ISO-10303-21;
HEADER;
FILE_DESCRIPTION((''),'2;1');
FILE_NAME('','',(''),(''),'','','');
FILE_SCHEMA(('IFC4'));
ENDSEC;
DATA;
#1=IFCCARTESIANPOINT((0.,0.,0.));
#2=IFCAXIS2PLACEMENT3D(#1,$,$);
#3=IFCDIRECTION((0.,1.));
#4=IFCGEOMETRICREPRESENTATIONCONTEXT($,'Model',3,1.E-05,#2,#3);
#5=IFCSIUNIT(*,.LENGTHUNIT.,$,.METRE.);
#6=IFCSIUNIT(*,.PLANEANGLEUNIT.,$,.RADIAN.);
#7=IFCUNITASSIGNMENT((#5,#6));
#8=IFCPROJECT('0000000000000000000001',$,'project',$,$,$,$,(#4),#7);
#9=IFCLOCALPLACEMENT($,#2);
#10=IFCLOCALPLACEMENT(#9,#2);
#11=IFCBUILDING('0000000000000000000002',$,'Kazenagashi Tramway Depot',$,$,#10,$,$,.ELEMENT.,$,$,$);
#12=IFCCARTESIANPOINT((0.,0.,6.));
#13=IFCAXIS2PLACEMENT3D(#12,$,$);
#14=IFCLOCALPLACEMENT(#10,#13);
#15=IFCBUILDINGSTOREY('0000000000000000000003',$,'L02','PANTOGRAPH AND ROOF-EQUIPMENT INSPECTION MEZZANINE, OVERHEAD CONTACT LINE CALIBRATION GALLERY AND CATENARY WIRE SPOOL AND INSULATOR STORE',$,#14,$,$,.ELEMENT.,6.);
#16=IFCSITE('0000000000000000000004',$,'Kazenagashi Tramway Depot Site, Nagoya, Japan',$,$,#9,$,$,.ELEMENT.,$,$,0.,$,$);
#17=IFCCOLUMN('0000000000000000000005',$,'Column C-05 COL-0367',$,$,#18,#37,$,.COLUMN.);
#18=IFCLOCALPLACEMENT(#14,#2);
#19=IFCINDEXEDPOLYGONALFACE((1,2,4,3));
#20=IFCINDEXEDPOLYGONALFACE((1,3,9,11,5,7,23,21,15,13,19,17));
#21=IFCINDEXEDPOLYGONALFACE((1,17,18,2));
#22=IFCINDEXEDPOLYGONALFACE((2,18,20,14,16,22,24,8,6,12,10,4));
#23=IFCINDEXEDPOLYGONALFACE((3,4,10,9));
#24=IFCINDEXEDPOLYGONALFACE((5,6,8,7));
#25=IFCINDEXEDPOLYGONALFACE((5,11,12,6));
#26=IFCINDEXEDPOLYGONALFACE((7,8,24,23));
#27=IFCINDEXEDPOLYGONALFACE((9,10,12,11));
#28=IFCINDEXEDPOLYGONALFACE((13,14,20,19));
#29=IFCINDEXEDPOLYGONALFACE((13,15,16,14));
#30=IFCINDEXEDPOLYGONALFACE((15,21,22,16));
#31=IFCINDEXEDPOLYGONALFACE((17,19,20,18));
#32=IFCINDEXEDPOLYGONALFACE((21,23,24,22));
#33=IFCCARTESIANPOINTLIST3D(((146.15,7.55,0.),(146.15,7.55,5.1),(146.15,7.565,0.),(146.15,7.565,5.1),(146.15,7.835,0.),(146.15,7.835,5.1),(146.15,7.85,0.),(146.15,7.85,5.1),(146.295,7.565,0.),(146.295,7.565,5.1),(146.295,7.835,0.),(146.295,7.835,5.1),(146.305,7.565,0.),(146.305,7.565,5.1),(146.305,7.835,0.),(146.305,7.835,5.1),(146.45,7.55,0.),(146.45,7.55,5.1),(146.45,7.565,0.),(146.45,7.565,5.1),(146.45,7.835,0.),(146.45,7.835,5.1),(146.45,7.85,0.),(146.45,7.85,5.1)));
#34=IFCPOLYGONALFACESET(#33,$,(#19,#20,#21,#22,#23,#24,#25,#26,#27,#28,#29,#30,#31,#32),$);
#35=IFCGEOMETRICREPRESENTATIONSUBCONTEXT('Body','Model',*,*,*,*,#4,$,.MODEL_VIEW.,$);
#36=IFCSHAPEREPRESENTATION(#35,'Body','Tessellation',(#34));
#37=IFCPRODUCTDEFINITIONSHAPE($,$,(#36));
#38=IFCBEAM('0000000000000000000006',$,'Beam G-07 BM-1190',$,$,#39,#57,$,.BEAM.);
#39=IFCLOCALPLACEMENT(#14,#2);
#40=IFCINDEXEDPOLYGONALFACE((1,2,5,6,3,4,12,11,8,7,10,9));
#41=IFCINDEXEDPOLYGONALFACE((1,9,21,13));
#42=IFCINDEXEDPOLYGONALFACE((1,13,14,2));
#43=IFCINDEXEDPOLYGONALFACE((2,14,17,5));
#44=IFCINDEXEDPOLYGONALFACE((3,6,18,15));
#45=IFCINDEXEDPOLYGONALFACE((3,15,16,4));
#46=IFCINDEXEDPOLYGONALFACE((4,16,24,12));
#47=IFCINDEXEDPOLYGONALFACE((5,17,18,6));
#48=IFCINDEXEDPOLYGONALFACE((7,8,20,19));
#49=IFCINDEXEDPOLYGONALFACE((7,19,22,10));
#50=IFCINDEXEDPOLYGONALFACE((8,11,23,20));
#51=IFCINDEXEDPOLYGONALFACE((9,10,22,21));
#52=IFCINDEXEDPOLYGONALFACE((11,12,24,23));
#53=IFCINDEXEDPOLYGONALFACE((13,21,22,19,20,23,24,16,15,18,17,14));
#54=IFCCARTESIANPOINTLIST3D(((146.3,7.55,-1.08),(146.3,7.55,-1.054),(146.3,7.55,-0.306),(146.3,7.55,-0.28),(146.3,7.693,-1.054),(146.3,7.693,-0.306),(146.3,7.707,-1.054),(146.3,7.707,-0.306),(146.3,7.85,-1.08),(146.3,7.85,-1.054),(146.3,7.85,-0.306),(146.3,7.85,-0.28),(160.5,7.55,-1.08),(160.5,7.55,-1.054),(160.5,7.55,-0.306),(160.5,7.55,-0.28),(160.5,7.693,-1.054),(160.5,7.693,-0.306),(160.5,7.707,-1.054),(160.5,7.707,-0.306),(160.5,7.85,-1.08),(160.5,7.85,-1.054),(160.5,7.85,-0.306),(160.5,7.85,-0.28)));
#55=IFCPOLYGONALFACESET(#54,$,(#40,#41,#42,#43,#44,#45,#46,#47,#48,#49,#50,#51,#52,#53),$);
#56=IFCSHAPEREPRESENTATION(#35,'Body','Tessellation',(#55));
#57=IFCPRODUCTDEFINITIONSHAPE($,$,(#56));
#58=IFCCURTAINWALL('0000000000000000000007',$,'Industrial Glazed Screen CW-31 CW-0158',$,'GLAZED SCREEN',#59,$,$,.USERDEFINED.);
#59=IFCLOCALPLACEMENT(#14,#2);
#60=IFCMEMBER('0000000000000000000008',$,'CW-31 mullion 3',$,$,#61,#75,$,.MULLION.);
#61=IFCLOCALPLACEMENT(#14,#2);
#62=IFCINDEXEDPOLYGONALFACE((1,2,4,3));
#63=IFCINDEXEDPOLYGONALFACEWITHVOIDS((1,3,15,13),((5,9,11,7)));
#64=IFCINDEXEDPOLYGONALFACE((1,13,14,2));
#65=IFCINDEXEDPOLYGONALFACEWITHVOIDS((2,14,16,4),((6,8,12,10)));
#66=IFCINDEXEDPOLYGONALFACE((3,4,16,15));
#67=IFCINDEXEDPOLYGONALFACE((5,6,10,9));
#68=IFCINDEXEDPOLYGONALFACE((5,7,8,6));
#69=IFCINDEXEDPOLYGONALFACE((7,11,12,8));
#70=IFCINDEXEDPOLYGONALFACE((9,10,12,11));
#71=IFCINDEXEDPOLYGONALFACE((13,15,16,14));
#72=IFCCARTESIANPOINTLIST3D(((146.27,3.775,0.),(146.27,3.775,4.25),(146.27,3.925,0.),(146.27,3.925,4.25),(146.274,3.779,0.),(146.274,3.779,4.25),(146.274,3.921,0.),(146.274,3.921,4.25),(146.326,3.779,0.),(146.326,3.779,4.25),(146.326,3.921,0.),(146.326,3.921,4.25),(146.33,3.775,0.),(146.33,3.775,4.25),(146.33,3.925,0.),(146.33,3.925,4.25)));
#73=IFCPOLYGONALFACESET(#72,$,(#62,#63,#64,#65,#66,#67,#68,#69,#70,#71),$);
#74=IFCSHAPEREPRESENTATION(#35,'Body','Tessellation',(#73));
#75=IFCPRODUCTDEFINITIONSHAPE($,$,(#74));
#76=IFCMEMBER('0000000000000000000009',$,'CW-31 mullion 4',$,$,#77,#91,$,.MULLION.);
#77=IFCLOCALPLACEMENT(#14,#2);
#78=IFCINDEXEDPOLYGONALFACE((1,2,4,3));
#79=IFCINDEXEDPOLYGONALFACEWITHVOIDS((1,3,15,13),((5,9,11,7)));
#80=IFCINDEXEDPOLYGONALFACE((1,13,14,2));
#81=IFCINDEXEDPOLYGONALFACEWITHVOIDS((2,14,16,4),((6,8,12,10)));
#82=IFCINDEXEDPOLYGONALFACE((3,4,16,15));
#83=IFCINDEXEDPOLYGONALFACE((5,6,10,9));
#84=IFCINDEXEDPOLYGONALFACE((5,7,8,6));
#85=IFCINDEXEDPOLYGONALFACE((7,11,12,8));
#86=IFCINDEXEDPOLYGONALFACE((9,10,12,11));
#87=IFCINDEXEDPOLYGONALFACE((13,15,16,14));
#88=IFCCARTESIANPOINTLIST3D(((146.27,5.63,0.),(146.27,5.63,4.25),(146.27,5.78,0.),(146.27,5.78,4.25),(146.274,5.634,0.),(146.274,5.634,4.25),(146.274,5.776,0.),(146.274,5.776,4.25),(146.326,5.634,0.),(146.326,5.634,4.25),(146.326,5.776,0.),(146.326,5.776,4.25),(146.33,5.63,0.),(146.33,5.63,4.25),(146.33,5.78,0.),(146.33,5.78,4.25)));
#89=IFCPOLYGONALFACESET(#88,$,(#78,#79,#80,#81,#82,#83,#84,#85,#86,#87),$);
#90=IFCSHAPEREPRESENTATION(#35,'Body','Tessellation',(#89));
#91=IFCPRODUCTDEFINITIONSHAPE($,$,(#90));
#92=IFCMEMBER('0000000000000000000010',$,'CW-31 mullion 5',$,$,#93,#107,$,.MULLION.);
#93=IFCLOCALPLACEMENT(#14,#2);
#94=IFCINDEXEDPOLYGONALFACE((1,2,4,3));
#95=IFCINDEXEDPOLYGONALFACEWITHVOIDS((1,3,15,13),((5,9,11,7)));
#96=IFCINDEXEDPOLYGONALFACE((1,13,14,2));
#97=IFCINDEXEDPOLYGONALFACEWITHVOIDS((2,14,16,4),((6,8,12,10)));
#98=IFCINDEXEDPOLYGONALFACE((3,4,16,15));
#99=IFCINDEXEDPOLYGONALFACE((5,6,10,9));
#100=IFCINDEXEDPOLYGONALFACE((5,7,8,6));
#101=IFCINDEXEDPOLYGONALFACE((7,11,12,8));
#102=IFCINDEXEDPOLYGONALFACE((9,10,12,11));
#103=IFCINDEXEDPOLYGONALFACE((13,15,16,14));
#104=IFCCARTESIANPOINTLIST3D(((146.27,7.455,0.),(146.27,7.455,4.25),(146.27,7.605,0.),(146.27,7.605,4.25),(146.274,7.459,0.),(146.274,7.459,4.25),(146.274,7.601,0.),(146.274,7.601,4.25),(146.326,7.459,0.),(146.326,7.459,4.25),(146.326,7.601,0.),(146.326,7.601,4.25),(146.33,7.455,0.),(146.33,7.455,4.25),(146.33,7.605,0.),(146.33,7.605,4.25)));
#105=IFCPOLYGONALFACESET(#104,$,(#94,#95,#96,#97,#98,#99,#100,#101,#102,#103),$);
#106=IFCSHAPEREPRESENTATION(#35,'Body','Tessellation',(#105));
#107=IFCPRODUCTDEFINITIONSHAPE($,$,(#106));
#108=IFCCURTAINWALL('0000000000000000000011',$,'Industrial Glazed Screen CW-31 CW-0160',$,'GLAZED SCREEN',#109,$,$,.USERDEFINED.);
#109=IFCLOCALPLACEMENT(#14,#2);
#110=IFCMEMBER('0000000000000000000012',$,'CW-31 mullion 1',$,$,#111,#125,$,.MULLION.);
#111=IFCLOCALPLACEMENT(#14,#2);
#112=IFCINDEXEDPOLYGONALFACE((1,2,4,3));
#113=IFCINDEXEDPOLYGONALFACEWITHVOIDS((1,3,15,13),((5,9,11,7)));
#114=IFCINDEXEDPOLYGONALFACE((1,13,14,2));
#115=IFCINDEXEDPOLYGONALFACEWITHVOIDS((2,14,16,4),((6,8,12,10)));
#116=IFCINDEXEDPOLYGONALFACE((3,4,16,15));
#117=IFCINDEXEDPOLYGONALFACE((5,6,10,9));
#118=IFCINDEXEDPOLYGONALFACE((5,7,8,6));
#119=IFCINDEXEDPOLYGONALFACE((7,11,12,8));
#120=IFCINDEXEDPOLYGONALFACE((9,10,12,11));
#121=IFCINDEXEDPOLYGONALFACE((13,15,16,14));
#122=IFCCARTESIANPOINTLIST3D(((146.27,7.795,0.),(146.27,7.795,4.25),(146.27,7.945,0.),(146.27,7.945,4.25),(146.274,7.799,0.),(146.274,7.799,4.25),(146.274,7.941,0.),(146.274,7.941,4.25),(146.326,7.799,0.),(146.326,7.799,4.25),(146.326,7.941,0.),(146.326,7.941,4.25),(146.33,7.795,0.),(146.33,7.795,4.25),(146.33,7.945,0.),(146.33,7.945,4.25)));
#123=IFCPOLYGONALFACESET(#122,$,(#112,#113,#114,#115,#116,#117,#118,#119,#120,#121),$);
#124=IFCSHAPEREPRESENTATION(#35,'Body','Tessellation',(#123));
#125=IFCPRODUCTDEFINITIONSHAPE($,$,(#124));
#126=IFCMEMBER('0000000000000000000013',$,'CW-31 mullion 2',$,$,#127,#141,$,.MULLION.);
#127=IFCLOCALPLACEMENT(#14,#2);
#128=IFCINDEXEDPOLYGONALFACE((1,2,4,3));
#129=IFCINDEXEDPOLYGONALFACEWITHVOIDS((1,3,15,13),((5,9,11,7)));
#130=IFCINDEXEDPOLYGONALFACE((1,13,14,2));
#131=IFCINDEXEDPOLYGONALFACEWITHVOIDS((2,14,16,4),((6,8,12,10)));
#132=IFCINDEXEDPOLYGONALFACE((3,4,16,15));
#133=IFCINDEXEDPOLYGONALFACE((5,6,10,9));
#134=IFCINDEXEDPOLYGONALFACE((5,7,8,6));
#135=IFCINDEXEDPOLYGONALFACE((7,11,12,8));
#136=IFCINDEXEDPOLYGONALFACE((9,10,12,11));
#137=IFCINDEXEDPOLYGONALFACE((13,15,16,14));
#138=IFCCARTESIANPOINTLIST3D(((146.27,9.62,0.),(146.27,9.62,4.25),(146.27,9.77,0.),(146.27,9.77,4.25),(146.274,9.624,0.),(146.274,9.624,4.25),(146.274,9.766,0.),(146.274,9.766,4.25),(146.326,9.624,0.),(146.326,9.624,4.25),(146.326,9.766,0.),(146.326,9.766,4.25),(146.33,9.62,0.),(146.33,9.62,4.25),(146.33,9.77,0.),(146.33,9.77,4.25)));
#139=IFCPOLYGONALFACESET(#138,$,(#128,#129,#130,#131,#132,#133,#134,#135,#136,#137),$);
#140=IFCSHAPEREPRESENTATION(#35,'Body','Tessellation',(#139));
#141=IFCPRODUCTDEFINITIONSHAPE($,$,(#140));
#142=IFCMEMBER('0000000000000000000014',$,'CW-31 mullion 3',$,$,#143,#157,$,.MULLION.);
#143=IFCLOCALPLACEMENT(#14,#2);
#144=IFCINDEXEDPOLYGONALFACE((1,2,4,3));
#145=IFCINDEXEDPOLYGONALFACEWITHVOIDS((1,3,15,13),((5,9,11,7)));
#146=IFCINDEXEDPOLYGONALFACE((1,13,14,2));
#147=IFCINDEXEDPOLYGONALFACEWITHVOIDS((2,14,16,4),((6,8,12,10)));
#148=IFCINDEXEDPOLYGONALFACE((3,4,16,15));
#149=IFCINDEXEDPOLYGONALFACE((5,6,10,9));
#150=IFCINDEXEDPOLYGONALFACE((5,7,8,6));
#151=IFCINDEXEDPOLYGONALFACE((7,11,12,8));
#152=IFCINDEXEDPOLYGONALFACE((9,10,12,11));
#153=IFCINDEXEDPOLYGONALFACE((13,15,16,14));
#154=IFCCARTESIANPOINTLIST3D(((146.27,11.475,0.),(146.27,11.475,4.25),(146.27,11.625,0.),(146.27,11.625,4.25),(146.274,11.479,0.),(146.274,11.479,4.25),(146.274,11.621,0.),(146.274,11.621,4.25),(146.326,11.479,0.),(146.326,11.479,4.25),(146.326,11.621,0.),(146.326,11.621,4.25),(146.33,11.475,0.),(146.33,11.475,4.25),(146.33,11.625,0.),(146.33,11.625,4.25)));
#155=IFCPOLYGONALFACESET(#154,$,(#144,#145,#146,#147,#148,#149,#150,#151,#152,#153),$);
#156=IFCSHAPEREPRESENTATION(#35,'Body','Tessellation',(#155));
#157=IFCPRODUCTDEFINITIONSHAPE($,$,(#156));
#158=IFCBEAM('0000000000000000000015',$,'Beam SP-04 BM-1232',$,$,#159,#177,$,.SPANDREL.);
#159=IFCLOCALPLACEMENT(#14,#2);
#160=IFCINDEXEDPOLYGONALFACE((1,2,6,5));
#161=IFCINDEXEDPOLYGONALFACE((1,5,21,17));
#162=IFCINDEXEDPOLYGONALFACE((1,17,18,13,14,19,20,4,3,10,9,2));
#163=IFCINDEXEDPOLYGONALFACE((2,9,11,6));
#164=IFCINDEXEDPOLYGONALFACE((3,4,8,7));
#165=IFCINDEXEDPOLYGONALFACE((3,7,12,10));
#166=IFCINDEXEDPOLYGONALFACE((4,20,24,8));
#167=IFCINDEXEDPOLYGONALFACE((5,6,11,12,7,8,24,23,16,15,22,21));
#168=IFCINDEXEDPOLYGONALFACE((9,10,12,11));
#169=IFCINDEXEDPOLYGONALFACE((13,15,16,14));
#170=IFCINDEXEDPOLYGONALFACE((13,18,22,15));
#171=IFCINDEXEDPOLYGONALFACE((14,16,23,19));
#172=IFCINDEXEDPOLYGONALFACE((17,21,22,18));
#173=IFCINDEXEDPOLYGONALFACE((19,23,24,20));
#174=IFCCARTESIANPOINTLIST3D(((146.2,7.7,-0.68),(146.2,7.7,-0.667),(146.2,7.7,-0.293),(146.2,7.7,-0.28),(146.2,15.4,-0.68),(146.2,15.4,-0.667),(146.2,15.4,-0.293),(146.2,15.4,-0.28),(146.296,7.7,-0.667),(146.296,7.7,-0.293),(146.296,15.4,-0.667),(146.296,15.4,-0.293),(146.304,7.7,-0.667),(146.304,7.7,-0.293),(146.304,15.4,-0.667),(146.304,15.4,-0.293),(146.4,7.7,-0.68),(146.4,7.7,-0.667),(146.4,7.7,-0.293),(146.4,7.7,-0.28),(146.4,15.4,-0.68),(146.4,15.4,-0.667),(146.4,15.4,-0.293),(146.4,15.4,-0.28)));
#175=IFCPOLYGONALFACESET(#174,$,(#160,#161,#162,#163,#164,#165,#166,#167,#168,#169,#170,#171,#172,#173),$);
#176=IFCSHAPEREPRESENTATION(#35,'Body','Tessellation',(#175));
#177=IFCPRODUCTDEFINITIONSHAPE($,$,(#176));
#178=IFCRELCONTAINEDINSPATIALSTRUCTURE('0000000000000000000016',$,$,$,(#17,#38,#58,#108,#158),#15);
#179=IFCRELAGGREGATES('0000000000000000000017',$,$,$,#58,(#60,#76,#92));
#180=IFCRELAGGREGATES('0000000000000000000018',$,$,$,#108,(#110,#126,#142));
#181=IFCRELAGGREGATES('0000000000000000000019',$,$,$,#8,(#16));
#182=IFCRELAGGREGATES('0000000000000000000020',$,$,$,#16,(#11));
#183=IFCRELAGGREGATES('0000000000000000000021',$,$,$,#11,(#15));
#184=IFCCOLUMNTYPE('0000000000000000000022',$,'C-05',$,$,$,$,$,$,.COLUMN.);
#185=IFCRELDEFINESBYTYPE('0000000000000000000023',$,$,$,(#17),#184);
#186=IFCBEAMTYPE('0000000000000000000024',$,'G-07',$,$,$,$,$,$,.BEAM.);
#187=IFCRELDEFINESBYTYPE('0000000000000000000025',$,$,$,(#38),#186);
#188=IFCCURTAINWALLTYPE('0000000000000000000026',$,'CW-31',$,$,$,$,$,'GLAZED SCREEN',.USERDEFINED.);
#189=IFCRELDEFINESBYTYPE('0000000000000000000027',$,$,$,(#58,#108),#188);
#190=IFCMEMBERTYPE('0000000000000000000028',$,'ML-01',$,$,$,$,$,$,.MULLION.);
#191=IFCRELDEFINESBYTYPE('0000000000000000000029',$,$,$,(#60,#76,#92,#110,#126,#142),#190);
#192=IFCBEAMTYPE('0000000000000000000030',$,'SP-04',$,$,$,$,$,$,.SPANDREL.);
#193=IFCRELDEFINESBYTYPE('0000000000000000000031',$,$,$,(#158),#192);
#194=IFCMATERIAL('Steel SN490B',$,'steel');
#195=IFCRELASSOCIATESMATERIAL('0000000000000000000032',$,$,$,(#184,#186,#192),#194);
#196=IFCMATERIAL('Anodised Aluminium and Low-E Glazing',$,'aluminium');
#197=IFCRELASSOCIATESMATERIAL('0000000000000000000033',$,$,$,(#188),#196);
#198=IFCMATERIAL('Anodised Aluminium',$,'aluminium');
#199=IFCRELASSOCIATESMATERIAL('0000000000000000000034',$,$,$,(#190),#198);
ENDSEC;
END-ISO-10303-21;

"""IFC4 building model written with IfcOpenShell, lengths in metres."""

from ifc_helpers import new_model, si_unit, direction, frame, origin, origin_2d, place, context, subcontext, project, spatial, hollow_rectangle, i_section, extrude, material, material_profile, profile_set, type_object, element, aggregate, save


model = new_model("IFC4")

# Units and contexts
model_context = context("Model", 3, precision=1e-05, world=origin(), true_north=direction((0.0, 1.0)))
body_context = subcontext(model_context, "Body", "Model", "MODEL_VIEW")
ifc_project = project(units=[si_unit("LENGTHUNIT", "METRE"), si_unit("PLANEANGLEUNIT", "RADIAN")], contexts=[model_context])

# Site, building, storey
site_placement = place(None, origin())
site = spatial("IfcSite", under=ifc_project, at=site_placement, Name="Kazenagashi Tramway Depot Site, Nagoya, Japan", CompositionType="ELEMENT", RefElevation=0.0)
building_placement = place(site_placement, origin())
building = spatial("IfcBuilding", under=site, at=building_placement, Name="Kazenagashi Tramway Depot", CompositionType="ELEMENT")
storey_placement = place(building_placement, frame((0.0, 0.0, 6.0)))
storey = spatial("IfcBuildingStorey", under=building, at=storey_placement, Name="L02", Description="PANTOGRAPH AND ROOF-EQUIPMENT INSPECTION MEZZANINE, OVERHEAD CONTACT LINE CALIBRATION GALLERY AND CATENARY WIRE SPOOL AND INSULATOR STORE", CompositionType="ELEMENT", Elevation=6.0)

# Column
ifc_material_1 = material(Name="Steel SN490B", Category="steel")
ifc_material_profile_1 = material_profile(ifc_material_1, i_section(OverallWidth=0.3, OverallDepth=0.3, WebThickness=0.01, FlangeThickness=0.015, at=origin_2d()), Name="H-300x300x10x15")
ifc_profile_set_1 = profile_set([ifc_material_profile_1], Name="Steel SN490B")
column_type = type_object("IfcColumnType", Name="C-05", PredefinedType="COLUMN", material=ifc_profile_set_1)
column_placement = place(storey_placement, frame((146.3, 7.7, 0.0), z_axis=(0.0, 0.0, 1.0), x_axis=(1.0, 0.0, 0.0)))
element("IfcColumn", 1, at=column_placement, inside=storey, type_object=column_type, Name="Column C-05 COL-0367", PredefinedType="COLUMN", context=body_context, shape_type="SweptSolid", body=[
    extrude(i_section(OverallWidth=0.3, OverallDepth=0.3, WebThickness=0.01, FlangeThickness=0.015, at=origin_2d()), origin(), (0.0, 0.0, 1.0), 5.1),
])

# Beam
ifc_material_profile_2 = material_profile(ifc_material_1, i_section(OverallWidth=0.3, OverallDepth=0.8, WebThickness=0.014, FlangeThickness=0.026, at=origin_2d()), Name="H-800x300x14x26")
ifc_profile_set_2 = profile_set([ifc_material_profile_2], Name="Steel SN490B")
beam_type_1 = type_object("IfcBeamType", Name="G-07", PredefinedType="BEAM", material=ifc_profile_set_2)
beam_1_placement = place(storey_placement, frame((146.3, 7.7, -0.68), z_axis=(1.0, 0.0, 0.0), x_axis=(0.0, 1.0, 0.0)))
element("IfcBeam", 2, at=beam_1_placement, inside=storey, type_object=beam_type_1, Name="Beam G-07 BM-1190", PredefinedType="BEAM", context=body_context, shape_type="SweptSolid", body=[
    extrude(i_section(OverallWidth=0.3, OverallDepth=0.8, WebThickness=0.014, FlangeThickness=0.026, at=origin_2d()), origin(), (0.0, 0.0, 1.0), 14.2),
])

# Curtain walls, members
ifc_material_2 = material(Name="Anodised Aluminium and Low-E Glazing", Category="aluminium")
curtain_wall_type = type_object("IfcCurtainWallType", Name="CW-31", ElementType="GLAZED SCREEN", PredefinedType="USERDEFINED", material=ifc_material_2)
curtain_wall_1_placement = place(storey_placement, origin())
curtain_wall_1 = element("IfcCurtainWall", 3, at=curtain_wall_1_placement, inside=storey, type_object=curtain_wall_type, Name="Industrial Glazed Screen CW-31 CW-0158", ObjectType="GLAZED SCREEN", PredefinedType="USERDEFINED")
ifc_material_3 = material(Name="Anodised Aluminium", Category="aluminium")
ifc_material_profile_3 = material_profile(ifc_material_3, hollow_rectangle(XDim=0.06, YDim=0.15, WallThickness=0.004, at=origin_2d()), Name="RHS-150x60x4")
ifc_profile_set_3 = profile_set([ifc_material_profile_3], Name="Anodised Aluminium")
member_type_1 = type_object("IfcMemberType", Name="ML-01", PredefinedType="MULLION", material=ifc_profile_set_3)
member_1_placement = place(storey_placement, frame((146.3, 3.85, 0.0), z_axis=(0.0, 0.0, 1.0), x_axis=(-1.0, 0.0, 0.0)))
member_1 = element("IfcMember", 4, at=member_1_placement, type_object=member_type_1, Name="CW-31 mullion 3", PredefinedType="MULLION", context=body_context, shape_type="SweptSolid", body=[
    extrude(hollow_rectangle(XDim=0.06, YDim=0.15, WallThickness=0.004, at=origin_2d()), origin(), (0.0, 0.0, 1.0), 4.25),
])
member_2_placement = place(storey_placement, frame((146.3, 5.705, 0.0), z_axis=(0.0, 0.0, 1.0), x_axis=(-1.0, 0.0, 0.0)))
member_2 = element("IfcMember", 5, at=member_2_placement, type_object=member_type_1, Name="CW-31 mullion 4", PredefinedType="MULLION", context=body_context, shape_type="SweptSolid", body=[
    extrude(hollow_rectangle(XDim=0.06, YDim=0.15, WallThickness=0.004, at=origin_2d()), origin(), (0.0, 0.0, 1.0), 4.25),
])
member_3_placement = place(storey_placement, frame((146.3, 7.53, 0.0), z_axis=(0.0, 0.0, 1.0), x_axis=(-1.0, 0.0, 0.0)))
member_3 = element("IfcMember", 6, at=member_3_placement, type_object=member_type_1, Name="CW-31 mullion 5", PredefinedType="MULLION", context=body_context, shape_type="SweptSolid", body=[
    extrude(hollow_rectangle(XDim=0.06, YDim=0.15, WallThickness=0.004, at=origin_2d()), origin(), (0.0, 0.0, 1.0), 4.25),
])
curtain_wall_2_placement = place(storey_placement, origin())
curtain_wall_2 = element("IfcCurtainWall", 7, at=curtain_wall_2_placement, inside=storey, type_object=curtain_wall_type, Name="Industrial Glazed Screen CW-31 CW-0160", ObjectType="GLAZED SCREEN", PredefinedType="USERDEFINED")
member_4_placement = place(storey_placement, frame((146.3, 7.87, 0.0), z_axis=(0.0, 0.0, 1.0), x_axis=(-1.0, 0.0, 0.0)))
member_4 = element("IfcMember", 8, at=member_4_placement, type_object=member_type_1, Name="CW-31 mullion 1", PredefinedType="MULLION", context=body_context, shape_type="SweptSolid", body=[
    extrude(hollow_rectangle(XDim=0.06, YDim=0.15, WallThickness=0.004, at=origin_2d()), origin(), (0.0, 0.0, 1.0), 4.25),
])
member_5_placement = place(storey_placement, frame((146.3, 9.695, 0.0), z_axis=(0.0, 0.0, 1.0), x_axis=(-1.0, 0.0, 0.0)))
member_5 = element("IfcMember", 9, at=member_5_placement, type_object=member_type_1, Name="CW-31 mullion 2", PredefinedType="MULLION", context=body_context, shape_type="SweptSolid", body=[
    extrude(hollow_rectangle(XDim=0.06, YDim=0.15, WallThickness=0.004, at=origin_2d()), origin(), (0.0, 0.0, 1.0), 4.25),
])
member_6_placement = place(storey_placement, frame((146.3, 11.55, 0.0), z_axis=(0.0, 0.0, 1.0), x_axis=(-1.0, 0.0, 0.0)))
member_6 = element("IfcMember", 10, at=member_6_placement, type_object=member_type_1, Name="CW-31 mullion 3", PredefinedType="MULLION", context=body_context, shape_type="SweptSolid", body=[
    extrude(hollow_rectangle(XDim=0.06, YDim=0.15, WallThickness=0.004, at=origin_2d()), origin(), (0.0, 0.0, 1.0), 4.25),
])

# Beam
ifc_material_profile_4 = material_profile(ifc_material_1, i_section(OverallWidth=0.2, OverallDepth=0.4, WebThickness=0.008, FlangeThickness=0.013, at=origin_2d()), Name="H-400x200x8x13")
ifc_profile_set_4 = profile_set([ifc_material_profile_4], Name="Steel SN490B")
beam_type_2 = type_object("IfcBeamType", Name="SP-04", PredefinedType="SPANDREL", material=ifc_profile_set_4)
beam_2_placement = place(storey_placement, frame((146.3, 7.7, -0.48), z_axis=(0.0, 1.0, 0.0), x_axis=(-1.0, 0.0, 0.0)))
element("IfcBeam", 11, at=beam_2_placement, inside=storey, type_object=beam_type_2, Name="Beam SP-04 BM-1232", PredefinedType="SPANDREL", context=body_context, shape_type="SweptSolid", body=[
    extrude(i_section(OverallWidth=0.2, OverallDepth=0.4, WebThickness=0.008, FlangeThickness=0.013, at=origin_2d()), origin(), (0.0, 0.0, 1.0), 7.7),
])

aggregate(curtain_wall_1, [member_1, member_2, member_3])
aggregate(curtain_wall_2, [member_4, member_5, member_6])

save(model, "model.ifc")
